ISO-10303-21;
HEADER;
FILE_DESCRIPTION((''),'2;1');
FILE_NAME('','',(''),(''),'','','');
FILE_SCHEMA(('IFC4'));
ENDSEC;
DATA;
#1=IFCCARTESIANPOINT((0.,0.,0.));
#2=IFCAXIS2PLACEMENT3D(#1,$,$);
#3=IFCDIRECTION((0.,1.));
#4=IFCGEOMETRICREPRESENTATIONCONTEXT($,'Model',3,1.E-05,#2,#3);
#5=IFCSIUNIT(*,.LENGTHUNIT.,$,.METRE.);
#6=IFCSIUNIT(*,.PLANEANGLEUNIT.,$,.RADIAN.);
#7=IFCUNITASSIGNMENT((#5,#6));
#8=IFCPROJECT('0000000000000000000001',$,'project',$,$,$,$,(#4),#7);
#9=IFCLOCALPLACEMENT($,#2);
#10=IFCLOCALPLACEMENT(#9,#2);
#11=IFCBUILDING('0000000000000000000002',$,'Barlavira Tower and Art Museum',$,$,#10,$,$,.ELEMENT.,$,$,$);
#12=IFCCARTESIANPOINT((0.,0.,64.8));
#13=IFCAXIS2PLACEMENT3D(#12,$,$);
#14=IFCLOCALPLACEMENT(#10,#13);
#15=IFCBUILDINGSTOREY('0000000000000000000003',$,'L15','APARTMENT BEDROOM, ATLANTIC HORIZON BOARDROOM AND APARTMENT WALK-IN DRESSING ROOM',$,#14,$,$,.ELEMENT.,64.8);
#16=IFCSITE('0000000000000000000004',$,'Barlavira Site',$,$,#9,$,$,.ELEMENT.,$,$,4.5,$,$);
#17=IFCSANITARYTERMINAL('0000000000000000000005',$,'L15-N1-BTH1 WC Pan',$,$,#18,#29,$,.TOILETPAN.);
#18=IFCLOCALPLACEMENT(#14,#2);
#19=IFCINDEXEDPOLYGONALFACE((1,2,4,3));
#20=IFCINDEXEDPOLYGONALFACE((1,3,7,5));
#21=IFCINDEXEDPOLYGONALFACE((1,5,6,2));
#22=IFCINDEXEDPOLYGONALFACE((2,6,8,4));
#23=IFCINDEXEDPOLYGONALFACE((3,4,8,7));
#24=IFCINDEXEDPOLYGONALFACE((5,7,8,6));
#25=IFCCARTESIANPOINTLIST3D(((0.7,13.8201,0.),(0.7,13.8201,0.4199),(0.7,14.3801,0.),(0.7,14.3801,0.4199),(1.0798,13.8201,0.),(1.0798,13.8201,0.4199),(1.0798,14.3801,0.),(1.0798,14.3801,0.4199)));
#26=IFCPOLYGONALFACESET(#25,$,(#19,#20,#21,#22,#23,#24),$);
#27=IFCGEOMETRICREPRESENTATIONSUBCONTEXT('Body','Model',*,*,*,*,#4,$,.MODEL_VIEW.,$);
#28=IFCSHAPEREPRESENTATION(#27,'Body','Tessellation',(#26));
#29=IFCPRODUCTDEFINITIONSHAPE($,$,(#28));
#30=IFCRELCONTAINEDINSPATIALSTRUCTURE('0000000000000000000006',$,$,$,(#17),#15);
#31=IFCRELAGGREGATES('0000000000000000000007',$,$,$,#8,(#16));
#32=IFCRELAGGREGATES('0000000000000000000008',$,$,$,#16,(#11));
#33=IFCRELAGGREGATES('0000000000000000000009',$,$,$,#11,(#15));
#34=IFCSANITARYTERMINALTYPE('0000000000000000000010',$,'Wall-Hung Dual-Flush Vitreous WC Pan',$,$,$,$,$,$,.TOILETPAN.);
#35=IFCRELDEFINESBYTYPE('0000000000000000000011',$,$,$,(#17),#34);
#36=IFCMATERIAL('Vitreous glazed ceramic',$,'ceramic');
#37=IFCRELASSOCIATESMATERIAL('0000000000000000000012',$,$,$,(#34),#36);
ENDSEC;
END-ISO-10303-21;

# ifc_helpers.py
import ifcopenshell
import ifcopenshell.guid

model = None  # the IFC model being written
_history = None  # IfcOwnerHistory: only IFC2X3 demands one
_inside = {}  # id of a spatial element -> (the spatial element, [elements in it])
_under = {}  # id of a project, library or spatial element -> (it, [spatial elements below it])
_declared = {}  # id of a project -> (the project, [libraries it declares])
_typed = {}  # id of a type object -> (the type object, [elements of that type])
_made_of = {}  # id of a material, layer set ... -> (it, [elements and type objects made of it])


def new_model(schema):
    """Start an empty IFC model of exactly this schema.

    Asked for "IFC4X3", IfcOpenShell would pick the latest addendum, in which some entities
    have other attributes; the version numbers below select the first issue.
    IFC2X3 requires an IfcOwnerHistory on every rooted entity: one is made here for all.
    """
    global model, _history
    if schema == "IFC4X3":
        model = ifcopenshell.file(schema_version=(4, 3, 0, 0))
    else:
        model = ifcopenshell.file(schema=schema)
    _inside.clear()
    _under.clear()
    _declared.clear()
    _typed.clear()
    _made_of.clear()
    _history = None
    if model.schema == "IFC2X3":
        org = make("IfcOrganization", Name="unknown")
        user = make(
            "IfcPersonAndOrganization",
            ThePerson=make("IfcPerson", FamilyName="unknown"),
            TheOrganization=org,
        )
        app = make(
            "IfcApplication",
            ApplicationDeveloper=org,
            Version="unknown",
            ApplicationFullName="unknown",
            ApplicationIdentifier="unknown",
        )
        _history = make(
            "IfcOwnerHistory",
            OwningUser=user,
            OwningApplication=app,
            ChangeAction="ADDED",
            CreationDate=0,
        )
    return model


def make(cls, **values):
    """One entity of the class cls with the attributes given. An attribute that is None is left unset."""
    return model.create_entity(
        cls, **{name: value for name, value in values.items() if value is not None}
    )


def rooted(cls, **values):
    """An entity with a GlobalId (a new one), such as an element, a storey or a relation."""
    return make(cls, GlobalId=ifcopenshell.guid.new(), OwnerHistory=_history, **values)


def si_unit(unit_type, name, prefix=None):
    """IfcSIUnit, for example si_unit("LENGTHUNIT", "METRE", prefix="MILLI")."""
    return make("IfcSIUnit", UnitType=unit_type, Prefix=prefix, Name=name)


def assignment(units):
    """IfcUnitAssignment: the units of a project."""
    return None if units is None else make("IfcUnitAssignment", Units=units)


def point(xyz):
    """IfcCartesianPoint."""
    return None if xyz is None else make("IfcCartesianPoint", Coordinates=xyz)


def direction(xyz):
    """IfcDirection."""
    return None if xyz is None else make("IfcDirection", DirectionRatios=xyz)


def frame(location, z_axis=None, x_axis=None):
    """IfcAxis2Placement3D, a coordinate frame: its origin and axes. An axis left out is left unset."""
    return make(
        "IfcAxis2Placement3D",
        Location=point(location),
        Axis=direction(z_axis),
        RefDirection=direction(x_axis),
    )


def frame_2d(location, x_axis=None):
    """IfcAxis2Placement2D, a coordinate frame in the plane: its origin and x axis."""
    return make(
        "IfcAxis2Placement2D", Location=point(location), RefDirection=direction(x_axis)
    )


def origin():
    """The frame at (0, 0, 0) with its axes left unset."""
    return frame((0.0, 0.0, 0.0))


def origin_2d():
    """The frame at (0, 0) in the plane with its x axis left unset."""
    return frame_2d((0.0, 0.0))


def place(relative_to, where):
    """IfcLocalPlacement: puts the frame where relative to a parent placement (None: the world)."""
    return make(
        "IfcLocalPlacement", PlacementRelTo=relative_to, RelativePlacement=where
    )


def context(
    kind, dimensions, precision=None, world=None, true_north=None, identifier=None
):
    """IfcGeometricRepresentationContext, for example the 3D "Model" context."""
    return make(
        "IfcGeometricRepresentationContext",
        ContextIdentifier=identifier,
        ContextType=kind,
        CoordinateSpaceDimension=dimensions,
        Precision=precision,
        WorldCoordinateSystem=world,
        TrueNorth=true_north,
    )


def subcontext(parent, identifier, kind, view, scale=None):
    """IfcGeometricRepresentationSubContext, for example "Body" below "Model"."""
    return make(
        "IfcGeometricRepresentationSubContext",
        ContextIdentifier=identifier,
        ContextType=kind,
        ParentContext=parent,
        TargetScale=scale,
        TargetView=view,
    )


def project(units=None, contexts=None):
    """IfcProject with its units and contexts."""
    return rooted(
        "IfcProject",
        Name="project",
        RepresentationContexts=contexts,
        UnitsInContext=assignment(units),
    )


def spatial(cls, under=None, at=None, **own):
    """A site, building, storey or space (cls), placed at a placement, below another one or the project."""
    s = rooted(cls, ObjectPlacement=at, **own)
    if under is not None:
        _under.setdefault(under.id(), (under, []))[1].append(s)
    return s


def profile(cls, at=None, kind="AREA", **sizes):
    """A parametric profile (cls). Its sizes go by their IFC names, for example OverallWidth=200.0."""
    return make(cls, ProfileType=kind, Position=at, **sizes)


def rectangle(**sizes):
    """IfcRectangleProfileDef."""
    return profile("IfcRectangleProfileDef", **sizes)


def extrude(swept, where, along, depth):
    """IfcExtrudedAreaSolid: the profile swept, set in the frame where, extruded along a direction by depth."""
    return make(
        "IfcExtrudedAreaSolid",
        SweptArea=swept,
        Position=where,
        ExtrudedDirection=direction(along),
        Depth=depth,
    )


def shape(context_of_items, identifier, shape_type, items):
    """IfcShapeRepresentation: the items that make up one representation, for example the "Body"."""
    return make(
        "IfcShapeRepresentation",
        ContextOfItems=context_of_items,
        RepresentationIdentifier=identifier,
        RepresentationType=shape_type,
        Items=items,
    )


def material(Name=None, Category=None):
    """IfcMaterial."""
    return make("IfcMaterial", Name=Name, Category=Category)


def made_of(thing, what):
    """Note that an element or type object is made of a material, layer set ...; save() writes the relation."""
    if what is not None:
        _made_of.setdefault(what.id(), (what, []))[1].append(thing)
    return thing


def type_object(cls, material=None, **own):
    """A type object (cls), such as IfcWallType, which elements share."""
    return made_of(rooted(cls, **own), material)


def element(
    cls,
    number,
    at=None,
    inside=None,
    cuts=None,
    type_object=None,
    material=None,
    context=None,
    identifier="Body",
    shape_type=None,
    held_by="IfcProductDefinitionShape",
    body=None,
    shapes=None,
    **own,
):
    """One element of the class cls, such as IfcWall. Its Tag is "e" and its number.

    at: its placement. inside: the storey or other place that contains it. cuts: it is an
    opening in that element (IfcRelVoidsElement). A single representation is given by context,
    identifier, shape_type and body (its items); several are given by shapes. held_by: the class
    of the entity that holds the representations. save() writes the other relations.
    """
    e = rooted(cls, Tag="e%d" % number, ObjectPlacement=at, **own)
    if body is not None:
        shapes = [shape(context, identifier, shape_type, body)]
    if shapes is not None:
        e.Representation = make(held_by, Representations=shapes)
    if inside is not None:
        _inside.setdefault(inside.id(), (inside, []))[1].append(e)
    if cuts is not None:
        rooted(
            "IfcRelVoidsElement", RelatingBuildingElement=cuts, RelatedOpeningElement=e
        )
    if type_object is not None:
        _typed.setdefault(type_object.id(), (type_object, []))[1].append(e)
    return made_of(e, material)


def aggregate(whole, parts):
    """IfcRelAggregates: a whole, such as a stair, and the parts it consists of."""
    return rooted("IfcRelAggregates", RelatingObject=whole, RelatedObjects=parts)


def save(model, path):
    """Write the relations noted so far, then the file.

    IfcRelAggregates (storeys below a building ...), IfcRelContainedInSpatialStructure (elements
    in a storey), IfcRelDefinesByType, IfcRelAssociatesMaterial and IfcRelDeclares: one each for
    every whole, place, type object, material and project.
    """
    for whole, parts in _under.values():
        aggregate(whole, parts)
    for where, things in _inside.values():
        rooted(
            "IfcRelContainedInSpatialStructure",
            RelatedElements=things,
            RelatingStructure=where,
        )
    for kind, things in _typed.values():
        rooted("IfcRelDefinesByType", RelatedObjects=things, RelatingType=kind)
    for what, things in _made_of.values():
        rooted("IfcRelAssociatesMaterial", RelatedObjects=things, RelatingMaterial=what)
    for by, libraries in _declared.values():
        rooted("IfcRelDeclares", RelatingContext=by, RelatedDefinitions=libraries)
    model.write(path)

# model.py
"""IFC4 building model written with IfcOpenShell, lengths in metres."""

from ifc_helpers import new_model, si_unit, direction, frame, origin, origin_2d, place, context, subcontext, project, spatial, rectangle, extrude, material, type_object, element, save


model = new_model("IFC4")

# Units and contexts
model_context = context("Model", 3, precision=1e-05, world=origin(), true_north=direction((0.0, 1.0)))
body_context = subcontext(model_context, "Body", "Model", "MODEL_VIEW")
ifc_project = project(units=[si_unit("LENGTHUNIT", "METRE"), si_unit("PLANEANGLEUNIT", "RADIAN")], contexts=[model_context])

# Site, building, storey
site_placement = place(None, origin())
site = spatial("IfcSite", under=ifc_project, at=site_placement, Name="Barlavira Site", CompositionType="ELEMENT", RefElevation=4.5)
building_placement = place(site_placement, origin())
building = spatial("IfcBuilding", under=site, at=building_placement, Name="Barlavira Tower and Art Museum", CompositionType="ELEMENT")
storey_placement = place(building_placement, frame((0.0, 0.0, 64.8)))
storey = spatial("IfcBuildingStorey", under=building, at=storey_placement, Name="L15", Description="APARTMENT BEDROOM, ATLANTIC HORIZON BOARDROOM AND APARTMENT WALK-IN DRESSING ROOM", CompositionType="ELEMENT", Elevation=64.8)

# Sanitary terminal
ifc_material_1 = material(Name="Vitreous glazed ceramic", Category="ceramic")
sanitary_terminal_type_1 = type_object("IfcSanitaryTerminalType", Name="Wall-Hung Dual-Flush Vitreous WC Pan", PredefinedType="TOILETPAN", material=ifc_material_1)
sanitary_terminal_1_placement = place(storey_placement, frame((0.8899, 14.1001, 0.0), z_axis=(0.0, 0.0, 1.0), x_axis=(1.0, 0.0, 0.0)))
element("IfcSanitaryTerminal", 1, at=sanitary_terminal_1_placement, inside=storey, type_object=sanitary_terminal_type_1, Name="L15-N1-BTH1 WC Pan", PredefinedType="TOILETPAN", context=body_context, shape_type="SweptSolid", body=[
    extrude(rectangle(XDim=0.3799, YDim=0.5601, at=origin_2d()), origin(), (0.0, 0.0, 1.0), 0.4199),
])

save(model, "model.ifc")
